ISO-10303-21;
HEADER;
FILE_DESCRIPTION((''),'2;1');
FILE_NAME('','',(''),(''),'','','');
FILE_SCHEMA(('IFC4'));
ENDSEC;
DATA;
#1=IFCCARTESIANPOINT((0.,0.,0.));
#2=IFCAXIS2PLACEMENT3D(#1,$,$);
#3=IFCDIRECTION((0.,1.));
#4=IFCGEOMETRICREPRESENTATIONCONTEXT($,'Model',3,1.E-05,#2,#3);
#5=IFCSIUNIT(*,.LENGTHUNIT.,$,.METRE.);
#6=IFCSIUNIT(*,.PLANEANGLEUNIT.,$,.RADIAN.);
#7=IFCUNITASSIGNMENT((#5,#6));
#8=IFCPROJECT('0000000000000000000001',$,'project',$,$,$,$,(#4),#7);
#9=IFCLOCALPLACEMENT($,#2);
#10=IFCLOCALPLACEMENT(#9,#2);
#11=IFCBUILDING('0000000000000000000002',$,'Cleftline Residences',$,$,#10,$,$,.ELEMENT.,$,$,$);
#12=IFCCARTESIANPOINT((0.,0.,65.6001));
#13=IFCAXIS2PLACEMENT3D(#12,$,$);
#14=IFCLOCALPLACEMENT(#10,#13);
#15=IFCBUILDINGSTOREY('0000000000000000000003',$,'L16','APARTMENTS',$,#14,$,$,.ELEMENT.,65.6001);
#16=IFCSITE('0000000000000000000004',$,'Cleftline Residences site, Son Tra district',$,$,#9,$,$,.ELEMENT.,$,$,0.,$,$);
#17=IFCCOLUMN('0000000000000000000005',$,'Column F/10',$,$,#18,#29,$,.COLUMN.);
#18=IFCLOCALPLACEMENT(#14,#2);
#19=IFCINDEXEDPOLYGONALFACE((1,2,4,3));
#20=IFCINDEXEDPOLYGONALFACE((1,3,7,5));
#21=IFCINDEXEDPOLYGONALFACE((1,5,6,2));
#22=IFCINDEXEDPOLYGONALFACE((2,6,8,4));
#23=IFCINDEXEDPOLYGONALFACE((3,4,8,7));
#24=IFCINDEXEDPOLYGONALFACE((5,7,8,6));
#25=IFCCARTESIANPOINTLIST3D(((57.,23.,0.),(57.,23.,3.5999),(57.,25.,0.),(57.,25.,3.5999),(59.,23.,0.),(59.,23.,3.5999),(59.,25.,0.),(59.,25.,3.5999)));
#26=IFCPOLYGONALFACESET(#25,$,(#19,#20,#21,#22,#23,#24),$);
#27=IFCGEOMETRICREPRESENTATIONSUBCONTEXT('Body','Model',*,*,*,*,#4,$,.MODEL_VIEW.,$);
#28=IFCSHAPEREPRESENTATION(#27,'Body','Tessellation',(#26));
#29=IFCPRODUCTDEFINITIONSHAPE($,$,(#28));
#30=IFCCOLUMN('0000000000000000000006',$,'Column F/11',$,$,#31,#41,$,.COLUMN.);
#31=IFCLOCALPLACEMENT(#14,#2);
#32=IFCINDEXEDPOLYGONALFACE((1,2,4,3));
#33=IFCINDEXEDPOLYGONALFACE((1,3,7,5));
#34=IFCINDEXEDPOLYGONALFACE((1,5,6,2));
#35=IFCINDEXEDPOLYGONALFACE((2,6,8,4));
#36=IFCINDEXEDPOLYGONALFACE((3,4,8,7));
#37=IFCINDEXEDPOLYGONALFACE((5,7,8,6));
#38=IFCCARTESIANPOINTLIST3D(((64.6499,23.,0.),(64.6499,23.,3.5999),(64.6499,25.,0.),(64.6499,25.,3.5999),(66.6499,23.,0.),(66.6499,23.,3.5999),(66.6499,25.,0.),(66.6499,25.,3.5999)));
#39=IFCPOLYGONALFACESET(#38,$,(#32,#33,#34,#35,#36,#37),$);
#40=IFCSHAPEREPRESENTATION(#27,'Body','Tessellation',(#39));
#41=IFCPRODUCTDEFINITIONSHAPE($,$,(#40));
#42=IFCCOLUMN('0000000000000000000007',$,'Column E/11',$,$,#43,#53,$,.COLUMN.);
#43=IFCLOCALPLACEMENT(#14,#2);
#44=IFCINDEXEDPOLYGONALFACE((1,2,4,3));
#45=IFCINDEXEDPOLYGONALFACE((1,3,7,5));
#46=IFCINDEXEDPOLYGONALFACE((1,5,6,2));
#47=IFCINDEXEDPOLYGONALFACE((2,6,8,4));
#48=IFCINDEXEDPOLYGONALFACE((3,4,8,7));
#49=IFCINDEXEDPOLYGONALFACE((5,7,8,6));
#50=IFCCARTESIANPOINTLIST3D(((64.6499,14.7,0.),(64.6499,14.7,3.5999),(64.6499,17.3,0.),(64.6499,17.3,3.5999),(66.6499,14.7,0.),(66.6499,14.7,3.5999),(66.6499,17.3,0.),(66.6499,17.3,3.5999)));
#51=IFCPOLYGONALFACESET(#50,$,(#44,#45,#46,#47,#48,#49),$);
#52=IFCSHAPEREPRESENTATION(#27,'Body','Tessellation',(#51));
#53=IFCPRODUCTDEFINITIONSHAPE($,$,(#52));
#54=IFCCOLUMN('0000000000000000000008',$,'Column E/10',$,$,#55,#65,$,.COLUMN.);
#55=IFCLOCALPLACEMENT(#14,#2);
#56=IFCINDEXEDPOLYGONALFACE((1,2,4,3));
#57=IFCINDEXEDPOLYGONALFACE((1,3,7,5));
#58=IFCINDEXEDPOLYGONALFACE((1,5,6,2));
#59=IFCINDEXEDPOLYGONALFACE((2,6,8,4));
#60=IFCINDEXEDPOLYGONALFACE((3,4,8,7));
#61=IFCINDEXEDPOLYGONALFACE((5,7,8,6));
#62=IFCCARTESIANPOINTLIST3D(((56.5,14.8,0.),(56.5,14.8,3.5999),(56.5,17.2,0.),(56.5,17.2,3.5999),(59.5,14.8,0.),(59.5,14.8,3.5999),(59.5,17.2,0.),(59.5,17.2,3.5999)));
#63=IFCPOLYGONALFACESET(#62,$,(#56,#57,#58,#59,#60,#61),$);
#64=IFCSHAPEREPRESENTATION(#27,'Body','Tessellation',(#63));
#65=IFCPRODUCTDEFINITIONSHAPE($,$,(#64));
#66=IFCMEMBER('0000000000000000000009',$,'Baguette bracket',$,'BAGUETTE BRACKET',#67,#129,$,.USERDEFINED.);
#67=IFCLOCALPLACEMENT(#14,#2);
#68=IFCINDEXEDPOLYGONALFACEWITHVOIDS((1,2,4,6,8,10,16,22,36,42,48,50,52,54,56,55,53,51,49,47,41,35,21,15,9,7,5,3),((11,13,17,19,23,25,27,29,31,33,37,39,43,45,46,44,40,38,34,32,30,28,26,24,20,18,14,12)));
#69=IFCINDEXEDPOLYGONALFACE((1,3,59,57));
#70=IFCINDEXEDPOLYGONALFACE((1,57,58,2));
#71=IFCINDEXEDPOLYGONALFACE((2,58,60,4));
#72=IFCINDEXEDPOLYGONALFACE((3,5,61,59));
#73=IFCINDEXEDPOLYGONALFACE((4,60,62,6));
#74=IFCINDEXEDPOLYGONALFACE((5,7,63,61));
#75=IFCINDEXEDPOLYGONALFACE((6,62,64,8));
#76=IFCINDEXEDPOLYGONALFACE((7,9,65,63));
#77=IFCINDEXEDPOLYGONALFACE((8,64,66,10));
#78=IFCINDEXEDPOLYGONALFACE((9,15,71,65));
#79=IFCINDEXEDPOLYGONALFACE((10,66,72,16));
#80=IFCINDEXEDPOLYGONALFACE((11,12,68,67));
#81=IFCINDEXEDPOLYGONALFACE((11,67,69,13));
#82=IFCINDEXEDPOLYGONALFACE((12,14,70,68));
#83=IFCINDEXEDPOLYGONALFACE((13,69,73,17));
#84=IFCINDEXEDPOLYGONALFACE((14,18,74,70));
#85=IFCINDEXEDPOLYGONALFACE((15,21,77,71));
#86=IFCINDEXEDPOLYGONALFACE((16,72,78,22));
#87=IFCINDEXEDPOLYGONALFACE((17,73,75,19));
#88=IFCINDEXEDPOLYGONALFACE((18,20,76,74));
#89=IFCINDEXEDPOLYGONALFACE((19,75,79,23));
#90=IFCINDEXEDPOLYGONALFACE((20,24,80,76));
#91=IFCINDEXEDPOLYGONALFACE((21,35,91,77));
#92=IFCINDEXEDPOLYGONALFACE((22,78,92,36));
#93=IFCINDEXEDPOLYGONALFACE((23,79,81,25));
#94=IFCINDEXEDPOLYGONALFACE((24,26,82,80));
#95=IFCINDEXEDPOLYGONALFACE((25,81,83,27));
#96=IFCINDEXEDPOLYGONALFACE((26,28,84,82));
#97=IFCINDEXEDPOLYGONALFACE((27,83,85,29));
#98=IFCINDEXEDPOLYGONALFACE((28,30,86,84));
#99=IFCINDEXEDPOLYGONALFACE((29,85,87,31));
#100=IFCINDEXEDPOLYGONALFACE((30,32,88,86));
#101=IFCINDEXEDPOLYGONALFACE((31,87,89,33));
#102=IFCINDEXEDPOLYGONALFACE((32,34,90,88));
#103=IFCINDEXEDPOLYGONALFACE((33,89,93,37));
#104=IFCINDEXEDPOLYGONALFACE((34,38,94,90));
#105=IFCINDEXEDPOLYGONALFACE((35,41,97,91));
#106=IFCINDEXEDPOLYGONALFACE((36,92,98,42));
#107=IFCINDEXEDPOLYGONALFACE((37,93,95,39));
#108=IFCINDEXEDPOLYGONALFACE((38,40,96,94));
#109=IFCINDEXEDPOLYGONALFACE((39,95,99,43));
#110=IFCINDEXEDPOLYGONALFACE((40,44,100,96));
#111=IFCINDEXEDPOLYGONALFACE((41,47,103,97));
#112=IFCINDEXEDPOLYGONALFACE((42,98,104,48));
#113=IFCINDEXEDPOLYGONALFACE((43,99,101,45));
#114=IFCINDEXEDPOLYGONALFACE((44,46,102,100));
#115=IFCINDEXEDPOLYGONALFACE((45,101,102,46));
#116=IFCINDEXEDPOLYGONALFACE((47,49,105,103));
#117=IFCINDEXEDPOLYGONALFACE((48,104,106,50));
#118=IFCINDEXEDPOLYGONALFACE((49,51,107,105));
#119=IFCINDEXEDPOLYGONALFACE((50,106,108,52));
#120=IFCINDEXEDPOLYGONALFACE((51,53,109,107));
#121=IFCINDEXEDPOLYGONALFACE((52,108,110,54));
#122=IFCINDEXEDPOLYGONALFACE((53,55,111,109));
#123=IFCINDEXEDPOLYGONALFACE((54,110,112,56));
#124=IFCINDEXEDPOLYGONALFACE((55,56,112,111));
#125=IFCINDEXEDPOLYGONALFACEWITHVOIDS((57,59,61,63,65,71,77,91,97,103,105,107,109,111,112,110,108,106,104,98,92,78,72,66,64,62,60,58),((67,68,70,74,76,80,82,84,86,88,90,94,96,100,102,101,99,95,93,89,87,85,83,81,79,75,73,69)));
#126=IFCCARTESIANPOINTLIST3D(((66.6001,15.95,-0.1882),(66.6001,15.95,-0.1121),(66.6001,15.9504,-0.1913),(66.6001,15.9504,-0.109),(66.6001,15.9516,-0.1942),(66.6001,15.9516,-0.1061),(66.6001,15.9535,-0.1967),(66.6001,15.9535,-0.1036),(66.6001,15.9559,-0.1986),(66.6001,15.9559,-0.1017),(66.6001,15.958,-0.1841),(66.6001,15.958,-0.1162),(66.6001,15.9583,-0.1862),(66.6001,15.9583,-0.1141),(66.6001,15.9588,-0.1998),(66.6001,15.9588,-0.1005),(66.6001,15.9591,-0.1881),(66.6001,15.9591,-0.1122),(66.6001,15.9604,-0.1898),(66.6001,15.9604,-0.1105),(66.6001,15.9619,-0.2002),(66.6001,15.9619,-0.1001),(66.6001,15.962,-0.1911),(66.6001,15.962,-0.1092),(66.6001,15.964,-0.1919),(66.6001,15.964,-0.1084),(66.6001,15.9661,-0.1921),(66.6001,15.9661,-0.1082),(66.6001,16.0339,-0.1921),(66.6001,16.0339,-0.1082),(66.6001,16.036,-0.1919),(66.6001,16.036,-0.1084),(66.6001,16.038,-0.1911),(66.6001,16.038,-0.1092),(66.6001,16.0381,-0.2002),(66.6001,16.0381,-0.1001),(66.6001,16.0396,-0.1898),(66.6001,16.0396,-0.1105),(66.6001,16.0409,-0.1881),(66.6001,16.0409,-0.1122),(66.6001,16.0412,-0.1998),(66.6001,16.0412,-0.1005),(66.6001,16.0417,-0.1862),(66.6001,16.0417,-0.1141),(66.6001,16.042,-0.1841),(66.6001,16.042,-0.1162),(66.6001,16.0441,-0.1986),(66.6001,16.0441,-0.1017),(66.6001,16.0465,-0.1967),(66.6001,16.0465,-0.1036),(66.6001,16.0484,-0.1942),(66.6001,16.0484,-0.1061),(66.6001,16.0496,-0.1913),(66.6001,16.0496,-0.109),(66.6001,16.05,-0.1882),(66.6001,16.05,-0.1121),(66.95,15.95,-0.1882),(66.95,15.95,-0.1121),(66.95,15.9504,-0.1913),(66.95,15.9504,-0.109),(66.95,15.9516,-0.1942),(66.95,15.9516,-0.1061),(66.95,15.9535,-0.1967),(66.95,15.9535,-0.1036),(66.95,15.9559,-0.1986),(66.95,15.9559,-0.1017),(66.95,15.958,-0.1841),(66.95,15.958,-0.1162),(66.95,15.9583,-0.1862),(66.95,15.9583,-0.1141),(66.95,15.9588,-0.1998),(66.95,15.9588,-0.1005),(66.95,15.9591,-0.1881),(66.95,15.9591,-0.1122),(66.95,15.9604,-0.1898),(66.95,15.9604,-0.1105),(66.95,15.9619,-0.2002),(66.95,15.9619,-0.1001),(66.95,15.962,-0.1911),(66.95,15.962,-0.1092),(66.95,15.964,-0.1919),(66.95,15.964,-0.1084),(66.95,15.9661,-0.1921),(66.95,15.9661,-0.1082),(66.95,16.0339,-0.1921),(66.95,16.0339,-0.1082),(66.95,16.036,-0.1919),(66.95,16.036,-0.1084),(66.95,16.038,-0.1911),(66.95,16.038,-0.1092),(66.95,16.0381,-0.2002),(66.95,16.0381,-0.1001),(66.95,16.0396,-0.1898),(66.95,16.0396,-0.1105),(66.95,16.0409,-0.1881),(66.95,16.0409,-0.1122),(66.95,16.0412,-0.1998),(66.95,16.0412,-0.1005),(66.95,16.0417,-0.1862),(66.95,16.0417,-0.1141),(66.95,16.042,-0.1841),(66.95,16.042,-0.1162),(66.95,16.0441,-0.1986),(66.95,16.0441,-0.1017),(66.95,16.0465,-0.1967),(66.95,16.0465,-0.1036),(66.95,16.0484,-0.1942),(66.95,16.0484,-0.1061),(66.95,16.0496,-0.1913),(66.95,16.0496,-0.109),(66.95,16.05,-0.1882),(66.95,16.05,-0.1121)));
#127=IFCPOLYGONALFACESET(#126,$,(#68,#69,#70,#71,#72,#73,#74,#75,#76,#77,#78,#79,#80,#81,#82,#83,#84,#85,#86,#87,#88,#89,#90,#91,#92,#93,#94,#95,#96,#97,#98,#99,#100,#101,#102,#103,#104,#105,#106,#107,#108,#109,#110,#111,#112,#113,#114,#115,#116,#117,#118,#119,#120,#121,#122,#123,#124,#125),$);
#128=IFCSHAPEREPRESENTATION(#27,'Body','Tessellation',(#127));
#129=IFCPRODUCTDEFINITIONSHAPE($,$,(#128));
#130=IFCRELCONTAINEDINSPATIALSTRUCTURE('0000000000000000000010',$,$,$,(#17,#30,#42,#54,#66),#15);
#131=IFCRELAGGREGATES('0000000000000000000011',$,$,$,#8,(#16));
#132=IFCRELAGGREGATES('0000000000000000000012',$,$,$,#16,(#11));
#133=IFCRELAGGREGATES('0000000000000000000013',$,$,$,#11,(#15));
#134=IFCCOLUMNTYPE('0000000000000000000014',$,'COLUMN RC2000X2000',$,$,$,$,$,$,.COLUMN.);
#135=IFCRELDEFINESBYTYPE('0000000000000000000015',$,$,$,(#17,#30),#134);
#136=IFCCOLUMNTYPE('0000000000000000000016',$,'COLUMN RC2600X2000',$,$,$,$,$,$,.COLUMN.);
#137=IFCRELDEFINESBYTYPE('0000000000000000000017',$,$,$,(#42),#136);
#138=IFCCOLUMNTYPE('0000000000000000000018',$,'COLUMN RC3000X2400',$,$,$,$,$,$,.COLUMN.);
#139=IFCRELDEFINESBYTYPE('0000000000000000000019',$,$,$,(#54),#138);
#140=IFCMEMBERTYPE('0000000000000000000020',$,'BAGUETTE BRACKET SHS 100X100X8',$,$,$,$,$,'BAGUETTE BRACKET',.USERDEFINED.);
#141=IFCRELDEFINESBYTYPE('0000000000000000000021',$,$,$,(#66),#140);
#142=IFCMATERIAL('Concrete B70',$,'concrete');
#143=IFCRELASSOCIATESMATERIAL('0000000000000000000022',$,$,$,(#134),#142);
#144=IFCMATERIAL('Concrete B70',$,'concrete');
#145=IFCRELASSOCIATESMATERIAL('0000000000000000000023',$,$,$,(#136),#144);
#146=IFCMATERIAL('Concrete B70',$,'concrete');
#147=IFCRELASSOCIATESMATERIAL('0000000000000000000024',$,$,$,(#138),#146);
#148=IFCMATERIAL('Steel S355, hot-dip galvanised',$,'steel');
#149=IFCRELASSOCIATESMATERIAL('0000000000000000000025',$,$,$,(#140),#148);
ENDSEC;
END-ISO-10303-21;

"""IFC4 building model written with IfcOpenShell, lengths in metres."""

from ifc_helpers import new_model, si_unit, direction, frame, origin, origin_2d, place, context, subcontext, project, spatial, rectangle, hollow_rectangle, extrude, material, material_profile, profile_set, type_object, element, save


model = new_model("IFC4")

# Units and contexts
model_context = context("Model", 3, precision=1e-05, world=origin(), true_north=direction((0.0, 1.0)))
body_context = subcontext(model_context, "Body", "Model", "MODEL_VIEW")
ifc_project = project(units=[si_unit("LENGTHUNIT", "METRE"), si_unit("PLANEANGLEUNIT", "RADIAN")], contexts=[model_context])

# Site, building, storey
site_placement = place(None, origin())
site = spatial("IfcSite", under=ifc_project, at=site_placement, Name="Cleftline Residences site, Son Tra district", CompositionType="ELEMENT", RefElevation=0.0)
building_placement = place(site_placement, origin())
building = spatial("IfcBuilding", under=site, at=building_placement, Name="Cleftline Residences", CompositionType="ELEMENT")
storey_placement = place(building_placement, frame((0.0, 0.0, 65.6001)))
storey = spatial("IfcBuildingStorey", under=building, at=storey_placement, Name="L16", Description="APARTMENTS", CompositionType="ELEMENT", Elevation=65.6001)

# Columns
ifc_material_1 = material(Name="Concrete B70", Category="concrete")
ifc_material_profile_1 = material_profile(ifc_material_1, rectangle(XDim=2.0, YDim=2.0, at=origin_2d()))
ifc_profile_set_1 = profile_set([ifc_material_profile_1], Name="Concrete B70")
column_type_1 = type_object("IfcColumnType", Name="COLUMN RC2000X2000", PredefinedType="COLUMN", material=ifc_profile_set_1)
for number, where, z_axis, x_axis, name in (
    (1, (58.0, 24.0, 0.0), (0.0, 0.0, 1.0), (1.0, 0.0, 0.0), "Column F/10"),
    (2, (65.6499, 24.0, 0.0), (0.0, 0.0, 1.0), (1.0, 0.0, 0.0), "Column F/11"),
):
    element("IfcColumn", number, at=place(storey_placement, frame(where, z_axis=z_axis, x_axis=x_axis)), inside=storey, type_object=column_type_1, Name=name, PredefinedType="COLUMN", context=body_context, shape_type="SweptSolid", body=[
        extrude(rectangle(XDim=2.0, YDim=2.0, at=origin_2d()), origin(), (0.0, 0.0, 1.0), 3.5999),
    ])
ifc_material_2 = material(Name="Concrete B70", Category="concrete")
ifc_material_profile_2 = material_profile(ifc_material_2, rectangle(XDim=2.6001, YDim=2.0, at=origin_2d()))
ifc_profile_set_2 = profile_set([ifc_material_profile_2], Name="Concrete B70")
column_type_2 = type_object("IfcColumnType", Name="COLUMN RC2600X2000", PredefinedType="COLUMN", material=ifc_profile_set_2)
column_1_placement = place(storey_placement, frame((65.6499, 16.0, 0.0), z_axis=(0.0, 0.0, 1.0), x_axis=(0.0, 1.0, 0.0)))
element("IfcColumn", 3, at=column_1_placement, inside=storey, type_object=column_type_2, Name="Column E/11", PredefinedType="COLUMN", context=body_context, shape_type="SweptSolid", body=[
    extrude(rectangle(XDim=2.6001, YDim=2.0, at=origin_2d()), origin(), (0.0, 0.0, 1.0), 3.5999),
])
ifc_material_3 = material(Name="Concrete B70", Category="concrete")
ifc_material_profile_3 = material_profile(ifc_material_3, rectangle(XDim=3.0, YDim=2.3999, at=origin_2d()))
ifc_profile_set_3 = profile_set([ifc_material_profile_3], Name="Concrete B70")
column_type_3 = type_object("IfcColumnType", Name="COLUMN RC3000X2400", PredefinedType="COLUMN", material=ifc_profile_set_3)
column_2_placement = place(storey_placement, frame((58.0, 16.0, 0.0), z_axis=(0.0, 0.0, 1.0), x_axis=(1.0, 0.0, 0.0)))
element("IfcColumn", 4, at=column_2_placement, inside=storey, type_object=column_type_3, Name="Column E/10", PredefinedType="COLUMN", context=body_context, shape_type="SweptSolid", body=[
    extrude(rectangle(XDim=3.0, YDim=2.3999, at=origin_2d()), origin(), (0.0, 0.0, 1.0), 3.5999),
])

# Member
ifc_material_4 = material(Name="Steel S355, hot-dip galvanised", Category="steel")
ifc_material_profile_4 = material_profile(ifc_material_4, hollow_rectangle(XDim=0.1001, YDim=0.1001, WallThickness=0.0081, InnerFilletRadius=0.0081, OuterFilletRadius=0.012, at=origin_2d()))
ifc_profile_set_4 = profile_set([ifc_material_profile_4], Name="Steel S355, hot-dip galvanised")
member_type_1 = type_object("IfcMemberType", Name="BAGUETTE BRACKET SHS 100X100X8", ElementType="BAGUETTE BRACKET", PredefinedType="USERDEFINED", material=ifc_profile_set_4)
member_1_placement = place(storey_placement, frame((66.6001, 16.0, -0.1501), z_axis=(1.0, 0.0, 0.0), x_axis=(0.0, 1.0, 0.0)))
element("IfcMember", 5, at=member_1_placement, inside=storey, type_object=member_type_1, Name="Baguette bracket", ObjectType="BAGUETTE BRACKET", PredefinedType="USERDEFINED", context=body_context, shape_type="SweptSolid", body=[
    extrude(hollow_rectangle(XDim=0.1001, YDim=0.1001, WallThickness=0.0081, InnerFilletRadius=0.0081, OuterFilletRadius=0.012, at=origin_2d()), origin(), (0.0, 0.0, 1.0), 0.3499),
])

save(model, "model.ifc")
